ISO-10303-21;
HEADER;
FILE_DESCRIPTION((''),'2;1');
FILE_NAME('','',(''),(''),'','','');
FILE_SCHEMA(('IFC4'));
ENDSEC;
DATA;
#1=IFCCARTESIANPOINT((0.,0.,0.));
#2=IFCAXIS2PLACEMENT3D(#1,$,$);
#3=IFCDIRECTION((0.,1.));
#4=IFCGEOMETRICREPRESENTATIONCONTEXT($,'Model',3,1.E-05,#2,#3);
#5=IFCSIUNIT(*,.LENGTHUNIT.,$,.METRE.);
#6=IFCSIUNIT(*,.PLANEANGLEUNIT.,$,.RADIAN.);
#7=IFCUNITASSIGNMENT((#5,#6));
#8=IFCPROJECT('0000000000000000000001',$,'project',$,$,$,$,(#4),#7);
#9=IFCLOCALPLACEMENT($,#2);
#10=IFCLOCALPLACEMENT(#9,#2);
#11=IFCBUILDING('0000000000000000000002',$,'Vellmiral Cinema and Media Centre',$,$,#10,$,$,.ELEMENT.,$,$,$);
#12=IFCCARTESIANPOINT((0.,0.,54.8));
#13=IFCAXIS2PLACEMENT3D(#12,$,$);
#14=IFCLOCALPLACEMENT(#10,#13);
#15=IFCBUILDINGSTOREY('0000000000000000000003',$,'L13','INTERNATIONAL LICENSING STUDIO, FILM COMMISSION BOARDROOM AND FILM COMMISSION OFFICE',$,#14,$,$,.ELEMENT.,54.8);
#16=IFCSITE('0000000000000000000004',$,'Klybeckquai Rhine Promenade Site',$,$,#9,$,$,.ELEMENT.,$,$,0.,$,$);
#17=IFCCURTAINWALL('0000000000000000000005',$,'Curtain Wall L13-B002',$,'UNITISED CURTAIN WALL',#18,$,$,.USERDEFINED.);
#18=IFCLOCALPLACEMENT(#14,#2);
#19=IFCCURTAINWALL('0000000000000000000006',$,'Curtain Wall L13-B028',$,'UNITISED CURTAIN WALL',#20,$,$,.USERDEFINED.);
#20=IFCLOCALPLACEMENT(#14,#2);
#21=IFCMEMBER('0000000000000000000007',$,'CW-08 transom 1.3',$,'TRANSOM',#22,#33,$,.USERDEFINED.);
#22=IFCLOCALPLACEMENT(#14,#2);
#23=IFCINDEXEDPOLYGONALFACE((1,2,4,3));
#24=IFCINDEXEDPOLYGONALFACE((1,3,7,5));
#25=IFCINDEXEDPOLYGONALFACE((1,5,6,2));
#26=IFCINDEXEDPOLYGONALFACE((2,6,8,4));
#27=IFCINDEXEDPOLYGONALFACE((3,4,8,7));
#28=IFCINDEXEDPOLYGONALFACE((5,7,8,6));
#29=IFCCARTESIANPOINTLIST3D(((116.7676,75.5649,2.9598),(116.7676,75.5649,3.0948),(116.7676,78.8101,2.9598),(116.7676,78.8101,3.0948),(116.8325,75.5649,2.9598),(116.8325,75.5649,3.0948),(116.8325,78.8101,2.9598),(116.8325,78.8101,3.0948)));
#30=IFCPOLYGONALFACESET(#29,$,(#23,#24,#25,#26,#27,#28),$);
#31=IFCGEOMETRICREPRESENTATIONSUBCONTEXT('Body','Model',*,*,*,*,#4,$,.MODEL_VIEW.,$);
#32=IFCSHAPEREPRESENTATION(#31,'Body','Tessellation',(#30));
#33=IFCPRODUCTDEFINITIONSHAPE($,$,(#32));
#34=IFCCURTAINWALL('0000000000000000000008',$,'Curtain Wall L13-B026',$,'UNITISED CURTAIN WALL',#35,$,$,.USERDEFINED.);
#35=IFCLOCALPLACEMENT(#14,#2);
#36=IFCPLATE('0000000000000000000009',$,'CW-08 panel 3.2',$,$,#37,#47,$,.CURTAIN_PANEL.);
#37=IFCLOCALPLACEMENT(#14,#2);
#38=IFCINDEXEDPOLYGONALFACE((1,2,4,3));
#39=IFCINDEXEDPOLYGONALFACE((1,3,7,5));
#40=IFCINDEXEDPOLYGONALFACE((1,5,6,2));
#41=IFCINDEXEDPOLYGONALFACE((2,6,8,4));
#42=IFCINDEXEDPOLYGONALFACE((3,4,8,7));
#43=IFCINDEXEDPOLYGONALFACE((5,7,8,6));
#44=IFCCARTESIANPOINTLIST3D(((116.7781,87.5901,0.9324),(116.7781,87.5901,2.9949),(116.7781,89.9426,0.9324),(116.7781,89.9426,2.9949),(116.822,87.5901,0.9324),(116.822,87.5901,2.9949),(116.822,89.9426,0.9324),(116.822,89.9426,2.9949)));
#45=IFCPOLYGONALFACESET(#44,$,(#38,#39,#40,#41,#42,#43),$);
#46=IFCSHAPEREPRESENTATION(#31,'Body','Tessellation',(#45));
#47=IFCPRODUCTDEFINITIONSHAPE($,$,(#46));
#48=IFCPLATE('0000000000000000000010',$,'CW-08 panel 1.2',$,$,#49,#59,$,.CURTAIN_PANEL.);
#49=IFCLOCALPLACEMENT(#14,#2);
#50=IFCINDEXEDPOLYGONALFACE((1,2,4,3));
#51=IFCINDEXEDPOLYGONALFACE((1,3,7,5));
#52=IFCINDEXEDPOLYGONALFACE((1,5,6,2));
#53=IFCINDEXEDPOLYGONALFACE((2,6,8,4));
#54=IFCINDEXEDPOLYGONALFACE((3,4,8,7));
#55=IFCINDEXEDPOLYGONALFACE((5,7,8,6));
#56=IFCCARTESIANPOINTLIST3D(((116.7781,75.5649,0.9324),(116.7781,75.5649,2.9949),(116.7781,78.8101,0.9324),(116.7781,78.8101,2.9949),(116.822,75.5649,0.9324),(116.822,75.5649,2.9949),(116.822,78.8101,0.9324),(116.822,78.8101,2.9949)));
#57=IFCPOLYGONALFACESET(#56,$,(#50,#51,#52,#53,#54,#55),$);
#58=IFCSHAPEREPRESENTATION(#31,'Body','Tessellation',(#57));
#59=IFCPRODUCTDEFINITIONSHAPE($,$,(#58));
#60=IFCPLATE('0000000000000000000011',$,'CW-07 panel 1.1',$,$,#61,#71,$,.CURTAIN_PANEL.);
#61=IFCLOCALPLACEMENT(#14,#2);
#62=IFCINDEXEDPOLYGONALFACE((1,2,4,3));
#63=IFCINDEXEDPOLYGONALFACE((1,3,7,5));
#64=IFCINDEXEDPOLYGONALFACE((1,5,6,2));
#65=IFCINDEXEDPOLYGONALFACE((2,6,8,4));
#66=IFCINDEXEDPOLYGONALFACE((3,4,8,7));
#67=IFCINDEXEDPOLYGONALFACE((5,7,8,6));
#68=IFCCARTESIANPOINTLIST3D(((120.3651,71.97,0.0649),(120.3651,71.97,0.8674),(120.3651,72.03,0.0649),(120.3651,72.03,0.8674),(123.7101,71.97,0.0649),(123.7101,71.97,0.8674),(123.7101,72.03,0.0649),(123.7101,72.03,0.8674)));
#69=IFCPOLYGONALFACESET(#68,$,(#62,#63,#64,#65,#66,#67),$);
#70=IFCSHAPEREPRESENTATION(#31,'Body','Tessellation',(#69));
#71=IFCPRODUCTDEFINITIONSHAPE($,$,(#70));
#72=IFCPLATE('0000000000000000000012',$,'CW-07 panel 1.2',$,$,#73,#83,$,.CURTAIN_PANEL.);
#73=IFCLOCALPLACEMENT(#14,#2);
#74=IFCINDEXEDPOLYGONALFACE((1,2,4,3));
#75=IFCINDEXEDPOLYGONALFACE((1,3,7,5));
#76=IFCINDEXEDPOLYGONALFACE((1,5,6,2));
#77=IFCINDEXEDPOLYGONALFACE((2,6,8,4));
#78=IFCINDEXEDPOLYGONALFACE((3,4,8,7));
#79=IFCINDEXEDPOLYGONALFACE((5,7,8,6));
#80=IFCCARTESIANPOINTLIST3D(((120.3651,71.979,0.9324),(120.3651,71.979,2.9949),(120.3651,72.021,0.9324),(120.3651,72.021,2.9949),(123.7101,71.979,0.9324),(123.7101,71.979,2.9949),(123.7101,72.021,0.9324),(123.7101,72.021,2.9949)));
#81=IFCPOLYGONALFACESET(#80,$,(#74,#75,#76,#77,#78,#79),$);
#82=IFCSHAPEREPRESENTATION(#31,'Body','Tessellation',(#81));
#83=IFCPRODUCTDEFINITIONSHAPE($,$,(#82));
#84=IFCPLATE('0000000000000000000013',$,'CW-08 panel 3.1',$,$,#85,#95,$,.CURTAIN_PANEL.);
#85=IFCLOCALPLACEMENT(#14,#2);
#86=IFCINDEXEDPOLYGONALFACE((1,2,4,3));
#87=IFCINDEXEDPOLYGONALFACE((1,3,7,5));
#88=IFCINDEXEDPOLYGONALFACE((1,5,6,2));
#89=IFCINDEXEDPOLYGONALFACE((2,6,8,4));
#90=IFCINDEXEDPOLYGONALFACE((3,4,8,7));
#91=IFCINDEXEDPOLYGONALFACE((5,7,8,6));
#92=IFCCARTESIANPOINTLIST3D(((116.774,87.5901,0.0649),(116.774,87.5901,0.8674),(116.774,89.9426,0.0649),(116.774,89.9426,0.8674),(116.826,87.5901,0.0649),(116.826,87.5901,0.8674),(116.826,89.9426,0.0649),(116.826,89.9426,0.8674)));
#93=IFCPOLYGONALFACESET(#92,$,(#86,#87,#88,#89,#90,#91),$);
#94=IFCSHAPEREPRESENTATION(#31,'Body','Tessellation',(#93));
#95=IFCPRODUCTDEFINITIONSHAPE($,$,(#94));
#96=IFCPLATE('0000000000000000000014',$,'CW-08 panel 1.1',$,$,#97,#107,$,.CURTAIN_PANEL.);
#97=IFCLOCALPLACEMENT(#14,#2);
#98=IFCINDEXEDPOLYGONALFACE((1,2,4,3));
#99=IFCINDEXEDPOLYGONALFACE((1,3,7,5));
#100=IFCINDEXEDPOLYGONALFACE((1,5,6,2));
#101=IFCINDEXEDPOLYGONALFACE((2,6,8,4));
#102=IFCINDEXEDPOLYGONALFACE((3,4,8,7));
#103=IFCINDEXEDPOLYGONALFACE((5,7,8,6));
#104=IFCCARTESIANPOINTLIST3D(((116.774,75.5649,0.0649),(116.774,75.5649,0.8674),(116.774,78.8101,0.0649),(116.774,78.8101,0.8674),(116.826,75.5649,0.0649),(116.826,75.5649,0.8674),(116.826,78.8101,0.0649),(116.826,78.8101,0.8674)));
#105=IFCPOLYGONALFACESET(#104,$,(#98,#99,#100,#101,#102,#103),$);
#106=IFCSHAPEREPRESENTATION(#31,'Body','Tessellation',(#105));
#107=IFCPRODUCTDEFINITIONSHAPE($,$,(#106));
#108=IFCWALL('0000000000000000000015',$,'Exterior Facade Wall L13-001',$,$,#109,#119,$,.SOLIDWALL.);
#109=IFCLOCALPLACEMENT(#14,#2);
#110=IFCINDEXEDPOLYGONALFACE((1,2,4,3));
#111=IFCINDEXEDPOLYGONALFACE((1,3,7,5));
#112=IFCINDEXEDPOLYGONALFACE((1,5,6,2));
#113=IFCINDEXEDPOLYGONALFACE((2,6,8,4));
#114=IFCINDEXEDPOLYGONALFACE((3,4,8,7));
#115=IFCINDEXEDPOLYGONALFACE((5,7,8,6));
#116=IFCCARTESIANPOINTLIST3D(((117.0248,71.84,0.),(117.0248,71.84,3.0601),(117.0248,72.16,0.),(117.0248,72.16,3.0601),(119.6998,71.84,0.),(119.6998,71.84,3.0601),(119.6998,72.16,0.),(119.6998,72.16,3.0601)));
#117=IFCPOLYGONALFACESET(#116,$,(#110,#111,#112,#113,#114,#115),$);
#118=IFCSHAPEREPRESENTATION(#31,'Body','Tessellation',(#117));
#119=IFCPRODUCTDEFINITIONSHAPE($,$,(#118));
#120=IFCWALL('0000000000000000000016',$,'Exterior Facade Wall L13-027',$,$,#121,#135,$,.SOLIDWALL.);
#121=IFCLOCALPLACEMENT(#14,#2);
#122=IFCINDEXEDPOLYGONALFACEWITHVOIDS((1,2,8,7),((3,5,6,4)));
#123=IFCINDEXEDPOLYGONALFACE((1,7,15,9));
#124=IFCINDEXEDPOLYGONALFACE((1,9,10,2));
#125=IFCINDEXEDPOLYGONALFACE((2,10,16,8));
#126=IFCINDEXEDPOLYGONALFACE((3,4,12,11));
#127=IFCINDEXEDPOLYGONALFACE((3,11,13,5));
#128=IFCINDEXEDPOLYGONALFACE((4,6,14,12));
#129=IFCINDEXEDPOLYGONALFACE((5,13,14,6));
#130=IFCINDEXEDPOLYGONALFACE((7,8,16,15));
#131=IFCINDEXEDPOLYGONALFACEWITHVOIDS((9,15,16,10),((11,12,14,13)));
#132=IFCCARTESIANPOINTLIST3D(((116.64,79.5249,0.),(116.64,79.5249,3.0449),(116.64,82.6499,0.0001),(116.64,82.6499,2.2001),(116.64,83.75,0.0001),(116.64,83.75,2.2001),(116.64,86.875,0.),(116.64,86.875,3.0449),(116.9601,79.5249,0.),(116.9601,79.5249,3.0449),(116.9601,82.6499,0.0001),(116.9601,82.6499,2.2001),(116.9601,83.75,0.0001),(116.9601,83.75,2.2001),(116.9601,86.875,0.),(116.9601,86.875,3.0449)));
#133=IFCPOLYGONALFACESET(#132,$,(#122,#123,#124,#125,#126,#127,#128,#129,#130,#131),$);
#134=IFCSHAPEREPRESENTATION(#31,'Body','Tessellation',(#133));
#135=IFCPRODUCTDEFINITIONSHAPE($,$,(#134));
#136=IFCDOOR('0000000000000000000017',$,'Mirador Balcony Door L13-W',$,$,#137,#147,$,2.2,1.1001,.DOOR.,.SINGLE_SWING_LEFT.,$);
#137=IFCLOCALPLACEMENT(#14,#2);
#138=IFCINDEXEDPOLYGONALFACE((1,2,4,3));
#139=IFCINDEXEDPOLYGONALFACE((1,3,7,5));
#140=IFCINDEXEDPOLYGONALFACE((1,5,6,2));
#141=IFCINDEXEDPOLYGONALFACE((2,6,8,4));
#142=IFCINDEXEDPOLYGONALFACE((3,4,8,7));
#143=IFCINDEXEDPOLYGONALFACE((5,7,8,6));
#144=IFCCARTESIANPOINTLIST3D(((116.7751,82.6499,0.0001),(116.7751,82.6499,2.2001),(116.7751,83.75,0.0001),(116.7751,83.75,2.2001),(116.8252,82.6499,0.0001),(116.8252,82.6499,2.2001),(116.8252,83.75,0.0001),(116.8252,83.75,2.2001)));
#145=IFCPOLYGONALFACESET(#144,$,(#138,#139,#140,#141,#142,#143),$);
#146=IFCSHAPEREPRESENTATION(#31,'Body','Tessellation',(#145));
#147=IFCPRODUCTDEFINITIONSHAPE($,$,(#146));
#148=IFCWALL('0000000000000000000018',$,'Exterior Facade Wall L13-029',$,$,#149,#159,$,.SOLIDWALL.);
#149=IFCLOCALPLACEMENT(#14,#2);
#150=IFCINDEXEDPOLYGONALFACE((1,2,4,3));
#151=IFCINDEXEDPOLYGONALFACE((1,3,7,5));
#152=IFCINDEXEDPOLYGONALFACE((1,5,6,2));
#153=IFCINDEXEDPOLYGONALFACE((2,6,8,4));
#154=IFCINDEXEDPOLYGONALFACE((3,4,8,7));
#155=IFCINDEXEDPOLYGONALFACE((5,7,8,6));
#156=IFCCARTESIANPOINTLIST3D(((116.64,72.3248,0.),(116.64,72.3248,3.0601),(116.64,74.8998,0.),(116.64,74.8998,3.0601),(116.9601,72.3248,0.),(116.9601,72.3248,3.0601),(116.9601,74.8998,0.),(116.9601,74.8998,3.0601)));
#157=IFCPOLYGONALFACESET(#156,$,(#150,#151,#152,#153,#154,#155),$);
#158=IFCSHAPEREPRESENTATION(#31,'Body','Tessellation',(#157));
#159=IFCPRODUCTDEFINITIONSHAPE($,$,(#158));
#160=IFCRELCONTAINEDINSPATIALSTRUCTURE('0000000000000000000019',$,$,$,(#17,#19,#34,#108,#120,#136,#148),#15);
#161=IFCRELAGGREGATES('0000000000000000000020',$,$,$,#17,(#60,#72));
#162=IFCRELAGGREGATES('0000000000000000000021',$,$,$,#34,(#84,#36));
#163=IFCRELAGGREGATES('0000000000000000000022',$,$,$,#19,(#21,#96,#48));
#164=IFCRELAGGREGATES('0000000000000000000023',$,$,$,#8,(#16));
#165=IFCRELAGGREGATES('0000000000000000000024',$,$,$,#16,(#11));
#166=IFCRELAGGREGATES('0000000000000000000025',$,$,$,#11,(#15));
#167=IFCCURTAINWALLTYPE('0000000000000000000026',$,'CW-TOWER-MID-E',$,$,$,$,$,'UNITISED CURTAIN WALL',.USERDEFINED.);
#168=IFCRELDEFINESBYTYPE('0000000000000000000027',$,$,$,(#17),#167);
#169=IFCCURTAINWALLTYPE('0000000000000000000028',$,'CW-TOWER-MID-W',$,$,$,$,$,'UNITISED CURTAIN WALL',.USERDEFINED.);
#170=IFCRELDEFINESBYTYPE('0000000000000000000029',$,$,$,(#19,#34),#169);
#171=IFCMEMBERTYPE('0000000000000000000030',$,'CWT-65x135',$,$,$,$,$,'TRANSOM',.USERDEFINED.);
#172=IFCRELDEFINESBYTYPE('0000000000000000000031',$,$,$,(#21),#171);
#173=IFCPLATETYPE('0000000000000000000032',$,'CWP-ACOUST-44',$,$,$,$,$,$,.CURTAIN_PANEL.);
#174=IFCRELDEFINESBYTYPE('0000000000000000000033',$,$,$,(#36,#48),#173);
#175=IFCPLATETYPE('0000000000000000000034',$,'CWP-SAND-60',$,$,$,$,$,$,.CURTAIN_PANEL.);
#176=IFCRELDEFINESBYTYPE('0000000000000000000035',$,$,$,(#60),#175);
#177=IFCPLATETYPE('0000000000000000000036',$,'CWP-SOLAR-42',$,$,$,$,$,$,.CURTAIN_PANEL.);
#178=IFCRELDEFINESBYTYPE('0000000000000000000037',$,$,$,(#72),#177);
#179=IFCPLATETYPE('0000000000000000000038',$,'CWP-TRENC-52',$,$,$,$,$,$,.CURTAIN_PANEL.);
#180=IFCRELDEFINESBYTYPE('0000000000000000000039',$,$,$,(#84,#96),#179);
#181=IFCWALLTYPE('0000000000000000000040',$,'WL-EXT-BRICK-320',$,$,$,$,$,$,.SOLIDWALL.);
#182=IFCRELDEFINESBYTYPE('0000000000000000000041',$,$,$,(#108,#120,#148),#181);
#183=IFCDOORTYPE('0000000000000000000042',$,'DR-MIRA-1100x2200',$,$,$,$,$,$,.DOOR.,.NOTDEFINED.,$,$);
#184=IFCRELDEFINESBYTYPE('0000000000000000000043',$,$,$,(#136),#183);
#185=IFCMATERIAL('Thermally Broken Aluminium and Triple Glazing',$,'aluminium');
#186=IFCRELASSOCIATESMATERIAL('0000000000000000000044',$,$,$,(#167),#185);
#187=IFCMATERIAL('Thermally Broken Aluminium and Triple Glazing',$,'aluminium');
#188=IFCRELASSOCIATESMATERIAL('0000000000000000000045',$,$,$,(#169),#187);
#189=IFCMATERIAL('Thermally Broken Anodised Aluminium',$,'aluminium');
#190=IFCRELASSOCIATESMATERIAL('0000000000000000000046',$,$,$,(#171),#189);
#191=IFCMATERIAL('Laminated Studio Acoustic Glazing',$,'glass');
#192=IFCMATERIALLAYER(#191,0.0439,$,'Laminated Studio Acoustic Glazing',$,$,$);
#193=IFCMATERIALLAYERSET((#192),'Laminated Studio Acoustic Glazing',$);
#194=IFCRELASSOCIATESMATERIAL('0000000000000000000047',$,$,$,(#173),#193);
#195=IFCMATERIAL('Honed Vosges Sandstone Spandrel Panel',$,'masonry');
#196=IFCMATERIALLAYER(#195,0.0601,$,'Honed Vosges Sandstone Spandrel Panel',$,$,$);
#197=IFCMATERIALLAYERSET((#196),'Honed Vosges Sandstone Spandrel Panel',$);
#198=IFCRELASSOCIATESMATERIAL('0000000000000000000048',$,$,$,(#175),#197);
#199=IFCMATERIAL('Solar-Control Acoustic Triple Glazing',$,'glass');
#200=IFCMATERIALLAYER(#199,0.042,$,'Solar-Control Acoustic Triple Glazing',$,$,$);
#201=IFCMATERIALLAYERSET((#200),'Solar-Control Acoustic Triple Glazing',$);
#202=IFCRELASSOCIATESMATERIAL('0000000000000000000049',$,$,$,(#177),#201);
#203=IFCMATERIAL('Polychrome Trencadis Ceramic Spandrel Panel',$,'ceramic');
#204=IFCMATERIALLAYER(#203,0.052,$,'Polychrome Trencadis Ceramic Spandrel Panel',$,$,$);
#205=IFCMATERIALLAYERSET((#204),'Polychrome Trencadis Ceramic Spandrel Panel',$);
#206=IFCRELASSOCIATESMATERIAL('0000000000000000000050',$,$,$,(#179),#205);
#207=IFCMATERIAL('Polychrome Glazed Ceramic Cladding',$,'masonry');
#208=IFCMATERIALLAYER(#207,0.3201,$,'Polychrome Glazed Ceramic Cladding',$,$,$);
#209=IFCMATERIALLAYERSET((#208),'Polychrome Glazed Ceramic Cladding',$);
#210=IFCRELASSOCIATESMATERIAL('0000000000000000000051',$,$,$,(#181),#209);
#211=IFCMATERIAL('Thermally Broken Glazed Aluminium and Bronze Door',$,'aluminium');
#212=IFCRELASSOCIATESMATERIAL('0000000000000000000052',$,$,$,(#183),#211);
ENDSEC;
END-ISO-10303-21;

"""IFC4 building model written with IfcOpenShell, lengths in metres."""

from ifc_helpers import new_model, si_unit, direction, frame, frame_2d, origin, origin_2d, place, context, subcontext, project, spatial, rectangle, extrude, material, layer, layer_set, material_profile, profile_set, type_object, element, fill, aggregate, save


model = new_model("IFC4")

# Units and contexts
model_context = context("Model", 3, precision=1e-05, world=origin(), true_north=direction((0.0, 1.0)))
body_context = subcontext(model_context, "Body", "Model", "MODEL_VIEW")
ifc_project = project(units=[si_unit("LENGTHUNIT", "METRE"), si_unit("PLANEANGLEUNIT", "RADIAN")], contexts=[model_context])

# Site, building, storey
site_placement = place(None, origin())
site = spatial("IfcSite", under=ifc_project, at=site_placement, Name="Klybeckquai Rhine Promenade Site", CompositionType="ELEMENT", RefElevation=0.0)
building_placement = place(site_placement, origin())
building = spatial("IfcBuilding", under=site, at=building_placement, Name="Vellmiral Cinema and Media Centre", CompositionType="ELEMENT")
storey_placement = place(building_placement, frame((0.0, 0.0, 54.8)))
storey = spatial("IfcBuildingStorey", under=building, at=storey_placement, Name="L13", Description="INTERNATIONAL LICENSING STUDIO, FILM COMMISSION BOARDROOM AND FILM COMMISSION OFFICE", CompositionType="ELEMENT", Elevation=54.8)

# Curtain walls
ifc_material_1 = material(Name="Thermally Broken Aluminium and Triple Glazing", Category="aluminium")
curtain_wall_type_1 = type_object("IfcCurtainWallType", Name="CW-TOWER-MID-E", ElementType="UNITISED CURTAIN WALL", PredefinedType="USERDEFINED", material=ifc_material_1)
curtain_wall_1_placement = place(storey_placement, origin())
curtain_wall_1 = element("IfcCurtainWall", 1, at=curtain_wall_1_placement, inside=storey, type_object=curtain_wall_type_1, Name="Curtain Wall L13-B002", ObjectType="UNITISED CURTAIN WALL", PredefinedType="USERDEFINED")
ifc_material_2 = material(Name="Thermally Broken Aluminium and Triple Glazing", Category="aluminium")
curtain_wall_type_2 = type_object("IfcCurtainWallType", Name="CW-TOWER-MID-W", ElementType="UNITISED CURTAIN WALL", PredefinedType="USERDEFINED", material=ifc_material_2)
curtain_wall_2_placement = place(storey_placement, origin())
curtain_wall_2 = element("IfcCurtainWall", 2, at=curtain_wall_2_placement, inside=storey, type_object=curtain_wall_type_2, Name="Curtain Wall L13-B028", ObjectType="UNITISED CURTAIN WALL", PredefinedType="USERDEFINED")

# Member
ifc_material_3 = material(Name="Thermally Broken Anodised Aluminium", Category="aluminium")
ifc_material_profile_1 = material_profile(ifc_material_3, rectangle(XDim=0.0649, YDim=0.135, at=origin_2d()), Name="MULL 65x135")
ifc_profile_set_1 = profile_set([ifc_material_profile_1], Name="Thermally Broken Anodised Aluminium")
member_type_1 = type_object("IfcMemberType", Name="CWT-65x135", ElementType="TRANSOM", PredefinedType="USERDEFINED", material=ifc_profile_set_1)
member_1_placement = place(storey_placement, frame((116.8, 78.8101, 3.0273), z_axis=(0.0, -1.0, 0.0), x_axis=(1.0, 0.0, 0.0)))
member_1 = element("IfcMember", 3, at=member_1_placement, type_object=member_type_1, Name="CW-08 transom 1.3", ObjectType="TRANSOM", PredefinedType="USERDEFINED", context=body_context, shape_type="SweptSolid", body=[
    extrude(rectangle(XDim=0.0649, YDim=0.135, at=origin_2d()), origin(), (0.0, 0.0, 1.0), 3.2451),
])

# Curtain wall, plate
curtain_wall_3_placement = place(storey_placement, origin())
curtain_wall_3 = element("IfcCurtainWall", 4, at=curtain_wall_3_placement, inside=storey, type_object=curtain_wall_type_2, Name="Curtain Wall L13-B026", ObjectType="UNITISED CURTAIN WALL", PredefinedType="USERDEFINED")
ifc_material_4 = material(Name="Laminated Studio Acoustic Glazing", Category="glass")
ifc_layer_1 = layer(ifc_material_4, 0.0439, Name="Laminated Studio Acoustic Glazing")
ifc_layer_set_1 = layer_set([ifc_layer_1], Name="Laminated Studio Acoustic Glazing")
plate_type_1 = type_object("IfcPlateType", Name="CWP-ACOUST-44", PredefinedType="CURTAIN_PANEL", material=ifc_layer_set_1)
plate_1_placement = place(storey_placement, frame((116.8, 88.7664, 0.9324), z_axis=(0.0, 0.0, 1.0), x_axis=(0.0, -1.0, 0.0)))
plate_1 = element("IfcPlate", 5, at=plate_1_placement, type_object=plate_type_1, Name="CW-08 panel 3.2", PredefinedType="CURTAIN_PANEL", context=body_context, shape_type="SweptSolid", body=[
    extrude(rectangle(XDim=2.3525, YDim=0.0439, at=origin_2d()), origin(), (0.0, 0.0, 1.0), 2.0625),
])

# Plates
plate_2_placement = place(storey_placement, frame((116.8, 77.1875, 0.9324), z_axis=(0.0, 0.0, 1.0), x_axis=(0.0, -1.0, 0.0)))
plate_2 = element("IfcPlate", 6, at=plate_2_placement, type_object=plate_type_1, Name="CW-08 panel 1.2", PredefinedType="CURTAIN_PANEL", context=body_context, shape_type="SweptSolid", body=[
    extrude(rectangle(XDim=3.2451, YDim=0.0439, at=origin_2d()), origin(), (0.0, 0.0, 1.0), 2.0625),
])
ifc_material_5 = material(Name="Honed Vosges Sandstone Spandrel Panel", Category="masonry")
ifc_layer_2 = layer(ifc_material_5, 0.0601, Name="Honed Vosges Sandstone Spandrel Panel")
ifc_layer_set_2 = layer_set([ifc_layer_2], Name="Honed Vosges Sandstone Spandrel Panel")
plate_type_2 = type_object("IfcPlateType", Name="CWP-SAND-60", PredefinedType="CURTAIN_PANEL", material=ifc_layer_set_2)
plate_3_placement = place(storey_placement, frame((122.0376, 72.0, 0.0649), z_axis=(0.0, 0.0, 1.0), x_axis=(1.0, 0.0, 0.0)))
plate_3 = element("IfcPlate", 7, at=plate_3_placement, type_object=plate_type_2, Name="CW-07 panel 1.1", PredefinedType="CURTAIN_PANEL", context=body_context, shape_type="SweptSolid", body=[
    extrude(rectangle(XDim=3.345, YDim=0.0601, at=origin_2d()), origin(), (0.0, 0.0, 1.0), 0.8025),
])
ifc_material_6 = material(Name="Solar-Control Acoustic Triple Glazing", Category="glass")
ifc_layer_3 = layer(ifc_material_6, 0.042, Name="Solar-Control Acoustic Triple Glazing")
ifc_layer_set_3 = layer_set([ifc_layer_3], Name="Solar-Control Acoustic Triple Glazing")
plate_type_3 = type_object("IfcPlateType", Name="CWP-SOLAR-42", PredefinedType="CURTAIN_PANEL", material=ifc_layer_set_3)
plate_4_placement = place(storey_placement, frame((122.0376, 72.0, 0.9324), z_axis=(0.0, 0.0, 1.0), x_axis=(1.0, 0.0, 0.0)))
plate_4 = element("IfcPlate", 8, at=plate_4_placement, type_object=plate_type_3, Name="CW-07 panel 1.2", PredefinedType="CURTAIN_PANEL", context=body_context, shape_type="SweptSolid", body=[
    extrude(rectangle(XDim=3.345, YDim=0.042, at=origin_2d()), origin(), (0.0, 0.0, 1.0), 2.0625),
])
aggregate(curtain_wall_1, [plate_3, plate_4])
ifc_material_7 = material(Name="Polychrome Trencadis Ceramic Spandrel Panel", Category="ceramic")
ifc_layer_4 = layer(ifc_material_7, 0.052, Name="Polychrome Trencadis Ceramic Spandrel Panel")
ifc_layer_set_4 = layer_set([ifc_layer_4], Name="Polychrome Trencadis Ceramic Spandrel Panel")
plate_type_4 = type_object("IfcPlateType", Name="CWP-TRENC-52", PredefinedType="CURTAIN_PANEL", material=ifc_layer_set_4)
plate_5_placement = place(storey_placement, frame((116.8, 88.7664, 0.0649), z_axis=(0.0, 0.0, 1.0), x_axis=(0.0, -1.0, 0.0)))
plate_5 = element("IfcPlate", 9, at=plate_5_placement, type_object=plate_type_4, Name="CW-08 panel 3.1", PredefinedType="CURTAIN_PANEL", context=body_context, shape_type="SweptSolid", body=[
    extrude(rectangle(XDim=2.3525, YDim=0.052, at=origin_2d()), origin(), (0.0, 0.0, 1.0), 0.8025),
])
aggregate(curtain_wall_3, [plate_5, plate_1])
plate_6_placement = place(storey_placement, frame((116.8, 77.1875, 0.0649), z_axis=(0.0, 0.0, 1.0), x_axis=(0.0, -1.0, 0.0)))
plate_6 = element("IfcPlate", 10, at=plate_6_placement, type_object=plate_type_4, Name="CW-08 panel 1.1", PredefinedType="CURTAIN_PANEL", context=body_context, shape_type="SweptSolid", body=[
    extrude(rectangle(XDim=3.2451, YDim=0.052, at=origin_2d()), origin(), (0.0, 0.0, 1.0), 0.8025),
])
aggregate(curtain_wall_2, [member_1, plate_6, plate_2])

# Wall
ifc_material_8 = material(Name="Polychrome Glazed Ceramic Cladding", Category="masonry")
ifc_layer_5 = layer(ifc_material_8, 0.3201, Name="Polychrome Glazed Ceramic Cladding")
ifc_layer_set_5 = layer_set([ifc_layer_5], Name="Polychrome Glazed Ceramic Cladding")
wall_type_1 = type_object("IfcWallType", Name="WL-EXT-BRICK-320", PredefinedType="SOLIDWALL", material=ifc_layer_set_5)
wall_1_placement = place(storey_placement, frame((117.0249, 72.0, 0.0), z_axis=(0.0, 0.0, 1.0), x_axis=(1.0, 0.0, 0.0)))
element("IfcWall", 11, at=wall_1_placement, inside=storey, type_object=wall_type_1, Name="Exterior Facade Wall L13-001", PredefinedType="SOLIDWALL", context=body_context, shape_type="SweptSolid", body=[
    extrude(rectangle(XDim=2.675, YDim=0.3201, at=frame_2d((1.3374, 0.0))), origin(), (0.0, 0.0, 1.0), 3.0601),
])

# Wall, opening, door
wall_2_placement = place(storey_placement, frame((116.8, 86.875, 0.0), z_axis=(0.0, 0.0, 1.0), x_axis=(0.0, -1.0, 0.0)))
wall_2 = element("IfcWall", 12, at=wall_2_placement, inside=storey, type_object=wall_type_1, Name="Exterior Facade Wall L13-027", PredefinedType="SOLIDWALL", context=body_context, shape_type="SweptSolid", body=[
    extrude(rectangle(XDim=7.3501, YDim=0.3201, at=frame_2d((3.675, 0.0))), origin(), (0.0, 0.0, 1.0), 3.0449),
])
opening_1_placement = place(wall_2_placement, frame((3.125, 0.0, 0.0)))
opening_1 = element("IfcOpeningElement", 13, at=opening_1_placement, cuts=wall_2, PredefinedType="OPENING", context=body_context, shape_type="SweptSolid", body=[
    extrude(rectangle(XDim=1.1001, YDim=2.2, at=frame_2d((0.55, 1.1001))), frame((0.0, 0.1719, 0.0), z_axis=(0.0, -1.0, 0.0), x_axis=(1.0, 0.0, 0.0)), (0.0, 0.0, 1.0), 0.344),
])
ifc_material_9 = material(Name="Thermally Broken Glazed Aluminium and Bronze Door", Category="aluminium")
door_type_1 = type_object("IfcDoorType", Name="DR-MIRA-1100x2200", OperationType="NOTDEFINED", PredefinedType="DOOR", material=ifc_material_9)
door_1_placement = place(opening_1_placement, frame((1.1001, 0.0, 0.0), z_axis=(0.0, 0.0, 1.0), x_axis=(-1.0, 0.0, 0.0)))
door_1 = element("IfcDoor", 14, at=door_1_placement, inside=storey, type_object=door_type_1, Name="Mirador Balcony Door L13-W", OperationType="SINGLE_SWING_LEFT", OverallHeight=2.2, OverallWidth=1.1001, PredefinedType="DOOR", context=body_context, shape_type="SweptSolid", body=[
    extrude(rectangle(XDim=1.1001, YDim=2.2, at=frame_2d((0.55, 1.1001))), frame((0.0, 0.0249, 0.0), z_axis=(0.0, -1.0, 0.0), x_axis=(1.0, 0.0, 0.0)), (0.0, 0.0, 1.0), 0.05),
])
fill(opening_1, door_1)

# Wall
wall_3_placement = place(storey_placement, frame((116.8, 74.8999, 0.0), z_axis=(0.0, 0.0, 1.0), x_axis=(0.0, -1.0, 0.0)))
element("IfcWall", 15, at=wall_3_placement, inside=storey, type_object=wall_type_1, Name="Exterior Facade Wall L13-029", PredefinedType="SOLIDWALL", context=body_context, shape_type="SweptSolid", body=[
    extrude(rectangle(XDim=2.575, YDim=0.3201, at=frame_2d((1.2876, 0.0))), origin(), (0.0, 0.0, 1.0), 3.0601),
])

save(model, "model.ifc")
